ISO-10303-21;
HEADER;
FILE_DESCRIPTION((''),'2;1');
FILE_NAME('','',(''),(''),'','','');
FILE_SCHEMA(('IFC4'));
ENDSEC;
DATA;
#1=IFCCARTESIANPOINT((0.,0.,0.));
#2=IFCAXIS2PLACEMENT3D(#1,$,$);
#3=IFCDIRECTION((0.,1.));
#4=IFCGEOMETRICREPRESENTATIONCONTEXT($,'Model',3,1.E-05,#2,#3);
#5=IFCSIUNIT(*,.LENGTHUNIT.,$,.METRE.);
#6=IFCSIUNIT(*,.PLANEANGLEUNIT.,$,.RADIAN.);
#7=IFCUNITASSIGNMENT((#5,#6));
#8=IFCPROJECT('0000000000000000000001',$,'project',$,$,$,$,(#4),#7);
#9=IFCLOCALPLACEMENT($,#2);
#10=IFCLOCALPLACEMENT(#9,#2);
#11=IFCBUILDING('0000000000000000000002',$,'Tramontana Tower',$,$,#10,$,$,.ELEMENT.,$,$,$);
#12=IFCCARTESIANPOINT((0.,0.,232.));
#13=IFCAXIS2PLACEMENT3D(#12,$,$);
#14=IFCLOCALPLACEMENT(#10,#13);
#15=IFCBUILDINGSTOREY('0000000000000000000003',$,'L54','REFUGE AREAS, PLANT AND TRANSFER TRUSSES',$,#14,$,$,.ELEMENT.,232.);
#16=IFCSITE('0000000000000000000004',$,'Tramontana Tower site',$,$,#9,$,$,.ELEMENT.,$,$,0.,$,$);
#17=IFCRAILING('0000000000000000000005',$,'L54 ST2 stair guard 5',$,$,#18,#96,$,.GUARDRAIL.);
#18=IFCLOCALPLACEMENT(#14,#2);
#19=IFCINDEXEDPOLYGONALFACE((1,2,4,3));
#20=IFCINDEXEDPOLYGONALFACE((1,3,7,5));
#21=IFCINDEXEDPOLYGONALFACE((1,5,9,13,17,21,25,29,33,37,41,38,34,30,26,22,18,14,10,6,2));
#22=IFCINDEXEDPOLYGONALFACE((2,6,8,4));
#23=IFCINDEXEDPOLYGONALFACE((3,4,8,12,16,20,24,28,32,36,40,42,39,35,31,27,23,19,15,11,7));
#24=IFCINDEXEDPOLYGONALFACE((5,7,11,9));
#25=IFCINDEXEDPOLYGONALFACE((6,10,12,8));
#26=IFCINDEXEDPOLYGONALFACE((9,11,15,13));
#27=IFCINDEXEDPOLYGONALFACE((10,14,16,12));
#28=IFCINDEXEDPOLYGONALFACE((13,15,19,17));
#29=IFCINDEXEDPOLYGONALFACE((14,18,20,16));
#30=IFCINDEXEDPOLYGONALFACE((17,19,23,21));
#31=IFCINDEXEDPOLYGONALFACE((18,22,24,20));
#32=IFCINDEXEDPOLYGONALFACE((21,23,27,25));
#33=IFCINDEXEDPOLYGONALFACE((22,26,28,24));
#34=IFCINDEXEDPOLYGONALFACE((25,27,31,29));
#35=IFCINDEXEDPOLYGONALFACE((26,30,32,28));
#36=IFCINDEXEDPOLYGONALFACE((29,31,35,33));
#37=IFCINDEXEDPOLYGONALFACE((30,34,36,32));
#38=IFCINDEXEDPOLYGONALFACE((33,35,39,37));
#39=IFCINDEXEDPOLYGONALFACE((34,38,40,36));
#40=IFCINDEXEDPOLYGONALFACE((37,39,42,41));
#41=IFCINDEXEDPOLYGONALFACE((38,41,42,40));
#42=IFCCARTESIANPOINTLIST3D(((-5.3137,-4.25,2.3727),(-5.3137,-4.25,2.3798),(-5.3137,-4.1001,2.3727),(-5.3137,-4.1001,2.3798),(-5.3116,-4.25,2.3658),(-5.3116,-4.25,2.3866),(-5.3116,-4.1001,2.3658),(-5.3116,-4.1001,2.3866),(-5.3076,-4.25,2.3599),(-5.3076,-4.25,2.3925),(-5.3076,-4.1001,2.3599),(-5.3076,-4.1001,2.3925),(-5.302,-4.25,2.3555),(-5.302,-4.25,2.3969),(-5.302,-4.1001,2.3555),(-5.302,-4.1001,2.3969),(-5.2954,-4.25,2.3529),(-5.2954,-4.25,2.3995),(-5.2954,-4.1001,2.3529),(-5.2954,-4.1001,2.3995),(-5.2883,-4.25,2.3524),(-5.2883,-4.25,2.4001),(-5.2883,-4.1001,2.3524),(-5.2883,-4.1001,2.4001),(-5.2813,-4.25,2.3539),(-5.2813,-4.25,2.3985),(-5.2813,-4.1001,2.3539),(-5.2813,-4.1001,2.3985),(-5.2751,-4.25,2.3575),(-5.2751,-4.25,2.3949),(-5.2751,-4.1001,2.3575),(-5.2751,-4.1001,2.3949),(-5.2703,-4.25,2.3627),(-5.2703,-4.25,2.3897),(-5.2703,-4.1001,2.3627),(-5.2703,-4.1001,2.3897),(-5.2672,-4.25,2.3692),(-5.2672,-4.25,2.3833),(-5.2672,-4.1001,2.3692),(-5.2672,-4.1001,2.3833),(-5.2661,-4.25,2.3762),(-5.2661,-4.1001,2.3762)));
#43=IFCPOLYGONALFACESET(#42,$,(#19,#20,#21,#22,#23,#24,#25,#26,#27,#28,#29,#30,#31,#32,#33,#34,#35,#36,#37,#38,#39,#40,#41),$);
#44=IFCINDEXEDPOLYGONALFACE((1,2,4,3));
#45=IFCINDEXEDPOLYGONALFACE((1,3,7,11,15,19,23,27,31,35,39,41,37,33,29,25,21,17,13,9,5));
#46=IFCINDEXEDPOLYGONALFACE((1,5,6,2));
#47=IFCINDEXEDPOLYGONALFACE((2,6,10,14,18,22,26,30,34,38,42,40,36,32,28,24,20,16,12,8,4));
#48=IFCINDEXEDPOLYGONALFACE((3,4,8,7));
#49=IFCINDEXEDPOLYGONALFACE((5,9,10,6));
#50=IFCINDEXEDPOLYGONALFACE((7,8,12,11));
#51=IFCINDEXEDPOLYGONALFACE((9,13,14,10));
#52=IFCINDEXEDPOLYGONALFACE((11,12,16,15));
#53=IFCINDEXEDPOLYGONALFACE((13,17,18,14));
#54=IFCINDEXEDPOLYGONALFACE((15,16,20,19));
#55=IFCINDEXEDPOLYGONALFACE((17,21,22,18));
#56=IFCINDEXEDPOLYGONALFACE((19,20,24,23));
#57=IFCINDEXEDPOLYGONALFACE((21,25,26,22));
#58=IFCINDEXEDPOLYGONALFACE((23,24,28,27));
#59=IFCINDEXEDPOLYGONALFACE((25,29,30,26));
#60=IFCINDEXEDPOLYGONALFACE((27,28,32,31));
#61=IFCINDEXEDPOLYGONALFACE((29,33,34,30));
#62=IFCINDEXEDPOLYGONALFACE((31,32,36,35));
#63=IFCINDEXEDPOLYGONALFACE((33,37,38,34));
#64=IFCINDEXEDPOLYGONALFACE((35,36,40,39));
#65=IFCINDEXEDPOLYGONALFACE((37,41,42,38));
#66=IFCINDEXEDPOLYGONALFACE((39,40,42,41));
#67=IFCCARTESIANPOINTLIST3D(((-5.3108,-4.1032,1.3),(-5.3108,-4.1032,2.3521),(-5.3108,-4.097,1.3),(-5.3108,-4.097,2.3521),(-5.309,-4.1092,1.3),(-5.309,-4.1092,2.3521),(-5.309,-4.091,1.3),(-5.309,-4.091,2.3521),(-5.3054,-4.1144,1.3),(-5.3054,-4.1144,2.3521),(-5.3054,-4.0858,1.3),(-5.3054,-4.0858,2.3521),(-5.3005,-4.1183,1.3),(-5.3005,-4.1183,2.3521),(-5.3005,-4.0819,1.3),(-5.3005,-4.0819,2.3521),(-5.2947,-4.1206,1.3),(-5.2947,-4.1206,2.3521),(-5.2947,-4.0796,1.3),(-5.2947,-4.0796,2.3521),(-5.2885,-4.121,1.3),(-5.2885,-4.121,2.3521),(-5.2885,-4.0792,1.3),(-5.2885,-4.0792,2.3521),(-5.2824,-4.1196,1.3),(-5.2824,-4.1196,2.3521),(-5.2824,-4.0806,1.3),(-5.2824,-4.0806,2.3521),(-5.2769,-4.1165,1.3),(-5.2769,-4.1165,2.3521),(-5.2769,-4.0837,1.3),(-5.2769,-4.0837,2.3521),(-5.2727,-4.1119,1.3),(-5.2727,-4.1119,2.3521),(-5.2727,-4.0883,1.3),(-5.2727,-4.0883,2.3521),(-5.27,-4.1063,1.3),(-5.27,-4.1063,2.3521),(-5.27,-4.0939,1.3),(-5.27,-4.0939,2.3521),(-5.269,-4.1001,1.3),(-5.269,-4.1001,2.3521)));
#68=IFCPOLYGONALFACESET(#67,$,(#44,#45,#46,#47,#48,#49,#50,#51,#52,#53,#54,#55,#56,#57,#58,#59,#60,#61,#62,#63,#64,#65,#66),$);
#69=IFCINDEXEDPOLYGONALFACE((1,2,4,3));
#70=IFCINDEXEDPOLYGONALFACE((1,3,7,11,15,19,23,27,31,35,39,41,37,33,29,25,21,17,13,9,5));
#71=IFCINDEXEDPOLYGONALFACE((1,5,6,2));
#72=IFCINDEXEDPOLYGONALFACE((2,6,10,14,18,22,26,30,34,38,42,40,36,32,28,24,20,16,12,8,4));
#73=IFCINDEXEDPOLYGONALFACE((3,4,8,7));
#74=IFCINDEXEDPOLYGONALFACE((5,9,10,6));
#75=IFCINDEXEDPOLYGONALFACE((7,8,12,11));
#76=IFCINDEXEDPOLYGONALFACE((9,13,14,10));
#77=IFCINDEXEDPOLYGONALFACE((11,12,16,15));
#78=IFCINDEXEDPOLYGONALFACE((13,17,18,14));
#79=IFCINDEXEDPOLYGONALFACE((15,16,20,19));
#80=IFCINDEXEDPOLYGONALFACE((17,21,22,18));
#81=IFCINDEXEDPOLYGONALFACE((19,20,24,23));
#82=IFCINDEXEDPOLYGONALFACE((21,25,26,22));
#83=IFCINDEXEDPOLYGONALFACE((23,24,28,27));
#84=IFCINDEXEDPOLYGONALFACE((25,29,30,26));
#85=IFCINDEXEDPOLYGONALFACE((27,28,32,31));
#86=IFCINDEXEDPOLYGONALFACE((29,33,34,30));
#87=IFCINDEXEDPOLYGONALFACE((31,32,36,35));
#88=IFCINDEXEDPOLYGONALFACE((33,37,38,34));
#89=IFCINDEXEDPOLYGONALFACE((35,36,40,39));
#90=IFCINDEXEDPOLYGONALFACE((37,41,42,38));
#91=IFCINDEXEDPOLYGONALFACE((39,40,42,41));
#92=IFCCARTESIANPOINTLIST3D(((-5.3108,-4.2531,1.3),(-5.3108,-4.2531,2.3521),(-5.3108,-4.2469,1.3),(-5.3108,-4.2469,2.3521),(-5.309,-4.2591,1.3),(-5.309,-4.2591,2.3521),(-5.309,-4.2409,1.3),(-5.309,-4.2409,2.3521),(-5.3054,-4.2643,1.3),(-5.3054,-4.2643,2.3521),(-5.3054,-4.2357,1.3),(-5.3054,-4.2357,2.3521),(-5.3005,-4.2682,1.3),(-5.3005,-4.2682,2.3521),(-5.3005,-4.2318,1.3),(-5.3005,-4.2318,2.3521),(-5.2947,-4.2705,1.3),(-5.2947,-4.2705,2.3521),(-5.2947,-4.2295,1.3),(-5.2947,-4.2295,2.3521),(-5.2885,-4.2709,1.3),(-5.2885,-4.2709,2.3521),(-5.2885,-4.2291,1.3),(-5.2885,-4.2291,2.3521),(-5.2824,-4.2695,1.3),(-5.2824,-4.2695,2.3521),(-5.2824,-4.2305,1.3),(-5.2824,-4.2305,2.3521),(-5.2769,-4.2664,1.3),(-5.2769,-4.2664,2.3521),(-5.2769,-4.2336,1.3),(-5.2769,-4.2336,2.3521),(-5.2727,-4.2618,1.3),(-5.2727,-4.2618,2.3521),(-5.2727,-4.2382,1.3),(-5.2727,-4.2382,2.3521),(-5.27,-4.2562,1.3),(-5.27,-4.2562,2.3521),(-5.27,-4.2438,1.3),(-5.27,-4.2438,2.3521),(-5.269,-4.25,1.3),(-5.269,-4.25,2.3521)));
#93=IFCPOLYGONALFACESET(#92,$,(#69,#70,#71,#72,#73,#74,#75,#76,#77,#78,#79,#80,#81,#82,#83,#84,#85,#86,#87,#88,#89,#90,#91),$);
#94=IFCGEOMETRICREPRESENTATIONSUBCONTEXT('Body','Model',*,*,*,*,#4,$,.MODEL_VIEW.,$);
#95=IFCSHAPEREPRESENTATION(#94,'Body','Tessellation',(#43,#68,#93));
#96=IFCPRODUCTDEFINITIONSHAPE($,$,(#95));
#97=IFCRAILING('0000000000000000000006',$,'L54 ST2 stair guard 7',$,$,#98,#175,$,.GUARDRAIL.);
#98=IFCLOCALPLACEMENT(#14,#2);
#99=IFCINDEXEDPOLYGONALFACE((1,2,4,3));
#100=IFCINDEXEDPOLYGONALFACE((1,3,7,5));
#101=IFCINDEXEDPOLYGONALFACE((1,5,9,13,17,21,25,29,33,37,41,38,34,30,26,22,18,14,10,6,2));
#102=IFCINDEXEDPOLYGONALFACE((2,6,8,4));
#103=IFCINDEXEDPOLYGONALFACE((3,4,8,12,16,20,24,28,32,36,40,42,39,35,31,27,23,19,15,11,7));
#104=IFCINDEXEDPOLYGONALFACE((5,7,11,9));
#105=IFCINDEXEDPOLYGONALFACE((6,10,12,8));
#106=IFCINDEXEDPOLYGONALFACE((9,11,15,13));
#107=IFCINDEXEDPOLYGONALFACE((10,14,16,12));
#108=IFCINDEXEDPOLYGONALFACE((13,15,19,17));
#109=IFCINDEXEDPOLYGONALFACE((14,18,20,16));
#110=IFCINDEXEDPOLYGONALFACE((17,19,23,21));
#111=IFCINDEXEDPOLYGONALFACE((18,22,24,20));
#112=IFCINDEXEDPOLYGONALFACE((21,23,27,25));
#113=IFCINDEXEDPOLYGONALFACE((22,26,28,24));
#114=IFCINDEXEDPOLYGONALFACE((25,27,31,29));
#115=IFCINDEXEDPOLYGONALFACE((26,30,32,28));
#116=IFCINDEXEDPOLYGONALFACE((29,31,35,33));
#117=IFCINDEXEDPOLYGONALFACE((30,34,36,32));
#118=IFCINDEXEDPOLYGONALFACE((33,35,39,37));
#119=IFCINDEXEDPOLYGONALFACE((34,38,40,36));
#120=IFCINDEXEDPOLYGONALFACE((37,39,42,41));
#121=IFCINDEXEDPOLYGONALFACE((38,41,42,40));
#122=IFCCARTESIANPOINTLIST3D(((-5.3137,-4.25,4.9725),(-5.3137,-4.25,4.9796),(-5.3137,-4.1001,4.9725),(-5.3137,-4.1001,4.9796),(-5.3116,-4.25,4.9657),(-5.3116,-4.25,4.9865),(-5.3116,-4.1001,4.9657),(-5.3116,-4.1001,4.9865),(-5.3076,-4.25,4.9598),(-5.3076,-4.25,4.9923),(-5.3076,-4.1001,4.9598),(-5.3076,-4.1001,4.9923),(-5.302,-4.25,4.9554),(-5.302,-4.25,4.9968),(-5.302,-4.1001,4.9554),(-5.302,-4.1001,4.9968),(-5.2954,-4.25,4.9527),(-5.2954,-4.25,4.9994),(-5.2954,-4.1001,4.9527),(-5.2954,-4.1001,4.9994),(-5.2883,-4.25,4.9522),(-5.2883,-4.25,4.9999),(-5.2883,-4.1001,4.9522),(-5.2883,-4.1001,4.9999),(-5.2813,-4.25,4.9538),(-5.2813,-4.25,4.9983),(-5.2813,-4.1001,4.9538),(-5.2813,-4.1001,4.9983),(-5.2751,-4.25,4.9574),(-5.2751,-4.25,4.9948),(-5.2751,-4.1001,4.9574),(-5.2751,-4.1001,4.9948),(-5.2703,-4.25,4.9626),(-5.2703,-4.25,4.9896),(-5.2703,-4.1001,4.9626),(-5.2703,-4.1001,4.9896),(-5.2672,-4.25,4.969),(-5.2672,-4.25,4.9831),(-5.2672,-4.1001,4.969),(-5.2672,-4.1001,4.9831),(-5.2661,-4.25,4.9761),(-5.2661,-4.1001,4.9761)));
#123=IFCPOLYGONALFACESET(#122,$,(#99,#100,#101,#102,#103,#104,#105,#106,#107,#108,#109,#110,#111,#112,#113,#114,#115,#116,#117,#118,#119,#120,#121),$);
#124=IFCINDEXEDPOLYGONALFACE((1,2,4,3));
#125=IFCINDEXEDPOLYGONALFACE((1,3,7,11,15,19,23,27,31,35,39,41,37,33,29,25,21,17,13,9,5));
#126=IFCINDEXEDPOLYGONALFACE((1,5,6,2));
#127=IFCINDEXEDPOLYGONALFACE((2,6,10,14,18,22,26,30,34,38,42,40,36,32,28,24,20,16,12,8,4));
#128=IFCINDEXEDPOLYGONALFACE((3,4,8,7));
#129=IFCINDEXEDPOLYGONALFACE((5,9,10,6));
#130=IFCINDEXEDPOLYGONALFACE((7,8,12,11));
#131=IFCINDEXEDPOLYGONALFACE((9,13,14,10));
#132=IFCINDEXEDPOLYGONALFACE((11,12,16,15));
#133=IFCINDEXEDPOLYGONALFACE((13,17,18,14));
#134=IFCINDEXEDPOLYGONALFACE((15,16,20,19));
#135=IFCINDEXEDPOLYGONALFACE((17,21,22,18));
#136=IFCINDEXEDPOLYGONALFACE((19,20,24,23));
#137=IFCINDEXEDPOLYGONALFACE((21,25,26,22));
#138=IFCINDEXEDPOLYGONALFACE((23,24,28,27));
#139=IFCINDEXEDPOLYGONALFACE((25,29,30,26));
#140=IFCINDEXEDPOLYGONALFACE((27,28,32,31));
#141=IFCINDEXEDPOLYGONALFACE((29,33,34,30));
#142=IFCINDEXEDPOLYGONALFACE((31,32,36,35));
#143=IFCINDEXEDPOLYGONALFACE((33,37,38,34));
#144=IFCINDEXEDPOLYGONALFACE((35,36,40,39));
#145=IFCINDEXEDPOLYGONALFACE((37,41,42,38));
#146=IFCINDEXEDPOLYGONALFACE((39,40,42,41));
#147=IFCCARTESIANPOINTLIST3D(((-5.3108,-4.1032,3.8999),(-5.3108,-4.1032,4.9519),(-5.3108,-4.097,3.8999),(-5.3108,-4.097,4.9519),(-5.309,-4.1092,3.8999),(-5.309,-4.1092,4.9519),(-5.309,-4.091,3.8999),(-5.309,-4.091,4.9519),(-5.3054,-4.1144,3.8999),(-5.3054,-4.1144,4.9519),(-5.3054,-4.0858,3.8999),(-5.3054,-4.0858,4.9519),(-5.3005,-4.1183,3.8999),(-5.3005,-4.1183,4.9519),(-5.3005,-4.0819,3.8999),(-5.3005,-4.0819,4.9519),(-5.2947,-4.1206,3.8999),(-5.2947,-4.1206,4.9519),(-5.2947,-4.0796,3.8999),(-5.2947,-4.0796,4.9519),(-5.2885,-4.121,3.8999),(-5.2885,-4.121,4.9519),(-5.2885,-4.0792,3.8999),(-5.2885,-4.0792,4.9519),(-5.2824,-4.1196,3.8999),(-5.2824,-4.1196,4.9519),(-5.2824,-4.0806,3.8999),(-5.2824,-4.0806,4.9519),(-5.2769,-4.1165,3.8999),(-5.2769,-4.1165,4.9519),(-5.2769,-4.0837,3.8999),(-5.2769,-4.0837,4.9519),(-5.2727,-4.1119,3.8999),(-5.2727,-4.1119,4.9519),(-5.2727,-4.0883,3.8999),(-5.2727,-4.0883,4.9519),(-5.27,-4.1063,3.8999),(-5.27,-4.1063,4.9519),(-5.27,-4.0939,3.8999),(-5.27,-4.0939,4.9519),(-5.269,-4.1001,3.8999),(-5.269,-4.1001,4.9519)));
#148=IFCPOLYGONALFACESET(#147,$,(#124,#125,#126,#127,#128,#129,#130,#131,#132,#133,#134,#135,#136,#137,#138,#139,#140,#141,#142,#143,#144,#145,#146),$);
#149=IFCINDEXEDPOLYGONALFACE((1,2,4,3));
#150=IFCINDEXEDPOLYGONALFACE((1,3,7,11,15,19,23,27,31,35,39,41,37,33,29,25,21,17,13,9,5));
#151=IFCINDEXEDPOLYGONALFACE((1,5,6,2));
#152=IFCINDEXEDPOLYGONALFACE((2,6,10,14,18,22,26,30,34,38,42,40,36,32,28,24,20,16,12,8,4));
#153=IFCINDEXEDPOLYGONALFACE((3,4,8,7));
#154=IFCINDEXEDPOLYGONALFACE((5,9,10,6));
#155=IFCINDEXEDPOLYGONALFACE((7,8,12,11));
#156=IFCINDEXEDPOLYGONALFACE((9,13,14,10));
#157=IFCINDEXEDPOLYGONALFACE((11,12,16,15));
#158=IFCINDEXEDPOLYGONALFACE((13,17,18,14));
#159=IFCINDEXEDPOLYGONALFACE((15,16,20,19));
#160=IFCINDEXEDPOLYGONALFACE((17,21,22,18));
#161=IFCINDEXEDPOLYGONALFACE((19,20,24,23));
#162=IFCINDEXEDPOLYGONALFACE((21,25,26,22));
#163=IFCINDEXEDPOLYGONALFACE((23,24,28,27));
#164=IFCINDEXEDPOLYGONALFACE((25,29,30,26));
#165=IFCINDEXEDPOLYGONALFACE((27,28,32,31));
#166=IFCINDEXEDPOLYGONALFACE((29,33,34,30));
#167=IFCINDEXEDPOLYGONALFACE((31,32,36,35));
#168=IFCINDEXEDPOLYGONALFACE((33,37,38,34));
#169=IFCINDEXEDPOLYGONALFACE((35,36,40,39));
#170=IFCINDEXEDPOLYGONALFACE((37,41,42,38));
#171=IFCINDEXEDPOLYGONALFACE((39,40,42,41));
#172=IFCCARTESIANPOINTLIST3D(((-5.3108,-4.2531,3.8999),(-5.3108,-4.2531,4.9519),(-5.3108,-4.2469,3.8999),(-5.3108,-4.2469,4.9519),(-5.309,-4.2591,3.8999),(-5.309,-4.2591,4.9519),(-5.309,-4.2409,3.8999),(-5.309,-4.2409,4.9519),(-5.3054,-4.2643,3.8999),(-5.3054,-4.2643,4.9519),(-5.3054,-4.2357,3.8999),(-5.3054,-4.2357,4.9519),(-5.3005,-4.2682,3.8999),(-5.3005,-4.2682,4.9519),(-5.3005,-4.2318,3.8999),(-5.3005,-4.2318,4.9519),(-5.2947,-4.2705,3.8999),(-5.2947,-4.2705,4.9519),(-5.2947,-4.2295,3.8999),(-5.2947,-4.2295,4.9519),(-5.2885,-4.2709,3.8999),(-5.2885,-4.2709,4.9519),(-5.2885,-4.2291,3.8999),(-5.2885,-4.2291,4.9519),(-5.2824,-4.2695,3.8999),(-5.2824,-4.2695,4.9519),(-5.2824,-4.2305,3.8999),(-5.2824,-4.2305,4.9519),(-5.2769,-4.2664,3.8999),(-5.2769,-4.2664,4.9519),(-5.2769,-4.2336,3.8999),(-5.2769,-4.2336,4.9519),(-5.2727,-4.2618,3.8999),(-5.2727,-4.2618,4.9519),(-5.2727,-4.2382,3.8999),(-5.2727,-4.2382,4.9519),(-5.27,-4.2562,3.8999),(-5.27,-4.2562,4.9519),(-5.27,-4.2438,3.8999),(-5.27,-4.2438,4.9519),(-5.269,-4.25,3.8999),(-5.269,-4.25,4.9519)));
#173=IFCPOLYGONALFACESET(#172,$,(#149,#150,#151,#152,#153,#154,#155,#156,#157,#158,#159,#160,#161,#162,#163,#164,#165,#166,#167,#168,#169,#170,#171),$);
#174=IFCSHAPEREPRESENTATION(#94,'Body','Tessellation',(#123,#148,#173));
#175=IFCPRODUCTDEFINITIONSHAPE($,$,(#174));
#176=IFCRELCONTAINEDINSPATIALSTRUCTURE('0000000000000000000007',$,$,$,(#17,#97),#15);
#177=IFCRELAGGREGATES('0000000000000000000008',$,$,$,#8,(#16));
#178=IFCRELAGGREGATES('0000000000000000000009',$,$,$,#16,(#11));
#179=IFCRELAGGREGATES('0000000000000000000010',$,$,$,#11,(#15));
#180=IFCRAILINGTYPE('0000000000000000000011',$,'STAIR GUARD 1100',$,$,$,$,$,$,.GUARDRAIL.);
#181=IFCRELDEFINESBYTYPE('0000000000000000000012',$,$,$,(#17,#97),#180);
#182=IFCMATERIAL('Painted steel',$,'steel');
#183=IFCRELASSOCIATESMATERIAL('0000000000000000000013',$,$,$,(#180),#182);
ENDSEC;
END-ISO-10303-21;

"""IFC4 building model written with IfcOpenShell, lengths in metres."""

from ifc_helpers import new_model, si_unit, direction, frame, origin, origin_2d, place, context, subcontext, project, spatial, circle, extrude, material, type_object, element, save


model = new_model("IFC4")

# Units and contexts
model_context = context("Model", 3, precision=1e-05, world=origin(), true_north=direction((0.0, 1.0)))
body_context = subcontext(model_context, "Body", "Model", "MODEL_VIEW")
ifc_project = project(units=[si_unit("LENGTHUNIT", "METRE"), si_unit("PLANEANGLEUNIT", "RADIAN")], contexts=[model_context])

# Site, building, storey
site_placement = place(None, origin())
site = spatial("IfcSite", under=ifc_project, at=site_placement, Name="Tramontana Tower site", CompositionType="ELEMENT", RefElevation=0.0)
building_placement = place(site_placement, origin())
building = spatial("IfcBuilding", under=site, at=building_placement, Name="Tramontana Tower", CompositionType="ELEMENT")
storey_placement = place(building_placement, frame((0.0, 0.0, 232.0)))
storey = spatial("IfcBuildingStorey", under=building, at=storey_placement, Name="L54", Description="REFUGE AREAS, PLANT AND TRANSFER TRUSSES", CompositionType="ELEMENT", Elevation=232.0)

# Railings
ifc_material_1 = material(Name="Painted steel", Category="steel")
railing_type_1 = type_object("IfcRailingType", Name="STAIR GUARD 1100", PredefinedType="GUARDRAIL", material=ifc_material_1)
for number, where, name in (
    (1, (-5.29, -4.1001, 1.3), "L54 ST2 stair guard 5"),
    (2, (-5.29, -4.1001, 3.8999), "L54 ST2 stair guard 7"),
):
    element("IfcRailing", number, at=place(storey_placement, frame(where)), inside=storey, type_object=railing_type_1, Name=name, PredefinedType="GUARDRAIL", context=body_context, shape_type="SweptSolid", body=[
        extrude(circle(Radius=0.0239, at=origin_2d()), frame((0.0, 0.0, 1.0762), z_axis=(0.0, -1.0, 0.0), x_axis=(1.0, 0.0, 0.0)), (0.0, 0.0, 1.0), 0.1499),
        extrude(circle(Radius=0.021, at=origin_2d()), origin(), (0.0, 0.0, 1.0), 1.052),
        extrude(circle(Radius=0.021, at=origin_2d()), frame((0.0, -0.1499, 0.0)), (0.0, 0.0, 1.0), 1.052),
    ])

save(model, "model.ifc")
